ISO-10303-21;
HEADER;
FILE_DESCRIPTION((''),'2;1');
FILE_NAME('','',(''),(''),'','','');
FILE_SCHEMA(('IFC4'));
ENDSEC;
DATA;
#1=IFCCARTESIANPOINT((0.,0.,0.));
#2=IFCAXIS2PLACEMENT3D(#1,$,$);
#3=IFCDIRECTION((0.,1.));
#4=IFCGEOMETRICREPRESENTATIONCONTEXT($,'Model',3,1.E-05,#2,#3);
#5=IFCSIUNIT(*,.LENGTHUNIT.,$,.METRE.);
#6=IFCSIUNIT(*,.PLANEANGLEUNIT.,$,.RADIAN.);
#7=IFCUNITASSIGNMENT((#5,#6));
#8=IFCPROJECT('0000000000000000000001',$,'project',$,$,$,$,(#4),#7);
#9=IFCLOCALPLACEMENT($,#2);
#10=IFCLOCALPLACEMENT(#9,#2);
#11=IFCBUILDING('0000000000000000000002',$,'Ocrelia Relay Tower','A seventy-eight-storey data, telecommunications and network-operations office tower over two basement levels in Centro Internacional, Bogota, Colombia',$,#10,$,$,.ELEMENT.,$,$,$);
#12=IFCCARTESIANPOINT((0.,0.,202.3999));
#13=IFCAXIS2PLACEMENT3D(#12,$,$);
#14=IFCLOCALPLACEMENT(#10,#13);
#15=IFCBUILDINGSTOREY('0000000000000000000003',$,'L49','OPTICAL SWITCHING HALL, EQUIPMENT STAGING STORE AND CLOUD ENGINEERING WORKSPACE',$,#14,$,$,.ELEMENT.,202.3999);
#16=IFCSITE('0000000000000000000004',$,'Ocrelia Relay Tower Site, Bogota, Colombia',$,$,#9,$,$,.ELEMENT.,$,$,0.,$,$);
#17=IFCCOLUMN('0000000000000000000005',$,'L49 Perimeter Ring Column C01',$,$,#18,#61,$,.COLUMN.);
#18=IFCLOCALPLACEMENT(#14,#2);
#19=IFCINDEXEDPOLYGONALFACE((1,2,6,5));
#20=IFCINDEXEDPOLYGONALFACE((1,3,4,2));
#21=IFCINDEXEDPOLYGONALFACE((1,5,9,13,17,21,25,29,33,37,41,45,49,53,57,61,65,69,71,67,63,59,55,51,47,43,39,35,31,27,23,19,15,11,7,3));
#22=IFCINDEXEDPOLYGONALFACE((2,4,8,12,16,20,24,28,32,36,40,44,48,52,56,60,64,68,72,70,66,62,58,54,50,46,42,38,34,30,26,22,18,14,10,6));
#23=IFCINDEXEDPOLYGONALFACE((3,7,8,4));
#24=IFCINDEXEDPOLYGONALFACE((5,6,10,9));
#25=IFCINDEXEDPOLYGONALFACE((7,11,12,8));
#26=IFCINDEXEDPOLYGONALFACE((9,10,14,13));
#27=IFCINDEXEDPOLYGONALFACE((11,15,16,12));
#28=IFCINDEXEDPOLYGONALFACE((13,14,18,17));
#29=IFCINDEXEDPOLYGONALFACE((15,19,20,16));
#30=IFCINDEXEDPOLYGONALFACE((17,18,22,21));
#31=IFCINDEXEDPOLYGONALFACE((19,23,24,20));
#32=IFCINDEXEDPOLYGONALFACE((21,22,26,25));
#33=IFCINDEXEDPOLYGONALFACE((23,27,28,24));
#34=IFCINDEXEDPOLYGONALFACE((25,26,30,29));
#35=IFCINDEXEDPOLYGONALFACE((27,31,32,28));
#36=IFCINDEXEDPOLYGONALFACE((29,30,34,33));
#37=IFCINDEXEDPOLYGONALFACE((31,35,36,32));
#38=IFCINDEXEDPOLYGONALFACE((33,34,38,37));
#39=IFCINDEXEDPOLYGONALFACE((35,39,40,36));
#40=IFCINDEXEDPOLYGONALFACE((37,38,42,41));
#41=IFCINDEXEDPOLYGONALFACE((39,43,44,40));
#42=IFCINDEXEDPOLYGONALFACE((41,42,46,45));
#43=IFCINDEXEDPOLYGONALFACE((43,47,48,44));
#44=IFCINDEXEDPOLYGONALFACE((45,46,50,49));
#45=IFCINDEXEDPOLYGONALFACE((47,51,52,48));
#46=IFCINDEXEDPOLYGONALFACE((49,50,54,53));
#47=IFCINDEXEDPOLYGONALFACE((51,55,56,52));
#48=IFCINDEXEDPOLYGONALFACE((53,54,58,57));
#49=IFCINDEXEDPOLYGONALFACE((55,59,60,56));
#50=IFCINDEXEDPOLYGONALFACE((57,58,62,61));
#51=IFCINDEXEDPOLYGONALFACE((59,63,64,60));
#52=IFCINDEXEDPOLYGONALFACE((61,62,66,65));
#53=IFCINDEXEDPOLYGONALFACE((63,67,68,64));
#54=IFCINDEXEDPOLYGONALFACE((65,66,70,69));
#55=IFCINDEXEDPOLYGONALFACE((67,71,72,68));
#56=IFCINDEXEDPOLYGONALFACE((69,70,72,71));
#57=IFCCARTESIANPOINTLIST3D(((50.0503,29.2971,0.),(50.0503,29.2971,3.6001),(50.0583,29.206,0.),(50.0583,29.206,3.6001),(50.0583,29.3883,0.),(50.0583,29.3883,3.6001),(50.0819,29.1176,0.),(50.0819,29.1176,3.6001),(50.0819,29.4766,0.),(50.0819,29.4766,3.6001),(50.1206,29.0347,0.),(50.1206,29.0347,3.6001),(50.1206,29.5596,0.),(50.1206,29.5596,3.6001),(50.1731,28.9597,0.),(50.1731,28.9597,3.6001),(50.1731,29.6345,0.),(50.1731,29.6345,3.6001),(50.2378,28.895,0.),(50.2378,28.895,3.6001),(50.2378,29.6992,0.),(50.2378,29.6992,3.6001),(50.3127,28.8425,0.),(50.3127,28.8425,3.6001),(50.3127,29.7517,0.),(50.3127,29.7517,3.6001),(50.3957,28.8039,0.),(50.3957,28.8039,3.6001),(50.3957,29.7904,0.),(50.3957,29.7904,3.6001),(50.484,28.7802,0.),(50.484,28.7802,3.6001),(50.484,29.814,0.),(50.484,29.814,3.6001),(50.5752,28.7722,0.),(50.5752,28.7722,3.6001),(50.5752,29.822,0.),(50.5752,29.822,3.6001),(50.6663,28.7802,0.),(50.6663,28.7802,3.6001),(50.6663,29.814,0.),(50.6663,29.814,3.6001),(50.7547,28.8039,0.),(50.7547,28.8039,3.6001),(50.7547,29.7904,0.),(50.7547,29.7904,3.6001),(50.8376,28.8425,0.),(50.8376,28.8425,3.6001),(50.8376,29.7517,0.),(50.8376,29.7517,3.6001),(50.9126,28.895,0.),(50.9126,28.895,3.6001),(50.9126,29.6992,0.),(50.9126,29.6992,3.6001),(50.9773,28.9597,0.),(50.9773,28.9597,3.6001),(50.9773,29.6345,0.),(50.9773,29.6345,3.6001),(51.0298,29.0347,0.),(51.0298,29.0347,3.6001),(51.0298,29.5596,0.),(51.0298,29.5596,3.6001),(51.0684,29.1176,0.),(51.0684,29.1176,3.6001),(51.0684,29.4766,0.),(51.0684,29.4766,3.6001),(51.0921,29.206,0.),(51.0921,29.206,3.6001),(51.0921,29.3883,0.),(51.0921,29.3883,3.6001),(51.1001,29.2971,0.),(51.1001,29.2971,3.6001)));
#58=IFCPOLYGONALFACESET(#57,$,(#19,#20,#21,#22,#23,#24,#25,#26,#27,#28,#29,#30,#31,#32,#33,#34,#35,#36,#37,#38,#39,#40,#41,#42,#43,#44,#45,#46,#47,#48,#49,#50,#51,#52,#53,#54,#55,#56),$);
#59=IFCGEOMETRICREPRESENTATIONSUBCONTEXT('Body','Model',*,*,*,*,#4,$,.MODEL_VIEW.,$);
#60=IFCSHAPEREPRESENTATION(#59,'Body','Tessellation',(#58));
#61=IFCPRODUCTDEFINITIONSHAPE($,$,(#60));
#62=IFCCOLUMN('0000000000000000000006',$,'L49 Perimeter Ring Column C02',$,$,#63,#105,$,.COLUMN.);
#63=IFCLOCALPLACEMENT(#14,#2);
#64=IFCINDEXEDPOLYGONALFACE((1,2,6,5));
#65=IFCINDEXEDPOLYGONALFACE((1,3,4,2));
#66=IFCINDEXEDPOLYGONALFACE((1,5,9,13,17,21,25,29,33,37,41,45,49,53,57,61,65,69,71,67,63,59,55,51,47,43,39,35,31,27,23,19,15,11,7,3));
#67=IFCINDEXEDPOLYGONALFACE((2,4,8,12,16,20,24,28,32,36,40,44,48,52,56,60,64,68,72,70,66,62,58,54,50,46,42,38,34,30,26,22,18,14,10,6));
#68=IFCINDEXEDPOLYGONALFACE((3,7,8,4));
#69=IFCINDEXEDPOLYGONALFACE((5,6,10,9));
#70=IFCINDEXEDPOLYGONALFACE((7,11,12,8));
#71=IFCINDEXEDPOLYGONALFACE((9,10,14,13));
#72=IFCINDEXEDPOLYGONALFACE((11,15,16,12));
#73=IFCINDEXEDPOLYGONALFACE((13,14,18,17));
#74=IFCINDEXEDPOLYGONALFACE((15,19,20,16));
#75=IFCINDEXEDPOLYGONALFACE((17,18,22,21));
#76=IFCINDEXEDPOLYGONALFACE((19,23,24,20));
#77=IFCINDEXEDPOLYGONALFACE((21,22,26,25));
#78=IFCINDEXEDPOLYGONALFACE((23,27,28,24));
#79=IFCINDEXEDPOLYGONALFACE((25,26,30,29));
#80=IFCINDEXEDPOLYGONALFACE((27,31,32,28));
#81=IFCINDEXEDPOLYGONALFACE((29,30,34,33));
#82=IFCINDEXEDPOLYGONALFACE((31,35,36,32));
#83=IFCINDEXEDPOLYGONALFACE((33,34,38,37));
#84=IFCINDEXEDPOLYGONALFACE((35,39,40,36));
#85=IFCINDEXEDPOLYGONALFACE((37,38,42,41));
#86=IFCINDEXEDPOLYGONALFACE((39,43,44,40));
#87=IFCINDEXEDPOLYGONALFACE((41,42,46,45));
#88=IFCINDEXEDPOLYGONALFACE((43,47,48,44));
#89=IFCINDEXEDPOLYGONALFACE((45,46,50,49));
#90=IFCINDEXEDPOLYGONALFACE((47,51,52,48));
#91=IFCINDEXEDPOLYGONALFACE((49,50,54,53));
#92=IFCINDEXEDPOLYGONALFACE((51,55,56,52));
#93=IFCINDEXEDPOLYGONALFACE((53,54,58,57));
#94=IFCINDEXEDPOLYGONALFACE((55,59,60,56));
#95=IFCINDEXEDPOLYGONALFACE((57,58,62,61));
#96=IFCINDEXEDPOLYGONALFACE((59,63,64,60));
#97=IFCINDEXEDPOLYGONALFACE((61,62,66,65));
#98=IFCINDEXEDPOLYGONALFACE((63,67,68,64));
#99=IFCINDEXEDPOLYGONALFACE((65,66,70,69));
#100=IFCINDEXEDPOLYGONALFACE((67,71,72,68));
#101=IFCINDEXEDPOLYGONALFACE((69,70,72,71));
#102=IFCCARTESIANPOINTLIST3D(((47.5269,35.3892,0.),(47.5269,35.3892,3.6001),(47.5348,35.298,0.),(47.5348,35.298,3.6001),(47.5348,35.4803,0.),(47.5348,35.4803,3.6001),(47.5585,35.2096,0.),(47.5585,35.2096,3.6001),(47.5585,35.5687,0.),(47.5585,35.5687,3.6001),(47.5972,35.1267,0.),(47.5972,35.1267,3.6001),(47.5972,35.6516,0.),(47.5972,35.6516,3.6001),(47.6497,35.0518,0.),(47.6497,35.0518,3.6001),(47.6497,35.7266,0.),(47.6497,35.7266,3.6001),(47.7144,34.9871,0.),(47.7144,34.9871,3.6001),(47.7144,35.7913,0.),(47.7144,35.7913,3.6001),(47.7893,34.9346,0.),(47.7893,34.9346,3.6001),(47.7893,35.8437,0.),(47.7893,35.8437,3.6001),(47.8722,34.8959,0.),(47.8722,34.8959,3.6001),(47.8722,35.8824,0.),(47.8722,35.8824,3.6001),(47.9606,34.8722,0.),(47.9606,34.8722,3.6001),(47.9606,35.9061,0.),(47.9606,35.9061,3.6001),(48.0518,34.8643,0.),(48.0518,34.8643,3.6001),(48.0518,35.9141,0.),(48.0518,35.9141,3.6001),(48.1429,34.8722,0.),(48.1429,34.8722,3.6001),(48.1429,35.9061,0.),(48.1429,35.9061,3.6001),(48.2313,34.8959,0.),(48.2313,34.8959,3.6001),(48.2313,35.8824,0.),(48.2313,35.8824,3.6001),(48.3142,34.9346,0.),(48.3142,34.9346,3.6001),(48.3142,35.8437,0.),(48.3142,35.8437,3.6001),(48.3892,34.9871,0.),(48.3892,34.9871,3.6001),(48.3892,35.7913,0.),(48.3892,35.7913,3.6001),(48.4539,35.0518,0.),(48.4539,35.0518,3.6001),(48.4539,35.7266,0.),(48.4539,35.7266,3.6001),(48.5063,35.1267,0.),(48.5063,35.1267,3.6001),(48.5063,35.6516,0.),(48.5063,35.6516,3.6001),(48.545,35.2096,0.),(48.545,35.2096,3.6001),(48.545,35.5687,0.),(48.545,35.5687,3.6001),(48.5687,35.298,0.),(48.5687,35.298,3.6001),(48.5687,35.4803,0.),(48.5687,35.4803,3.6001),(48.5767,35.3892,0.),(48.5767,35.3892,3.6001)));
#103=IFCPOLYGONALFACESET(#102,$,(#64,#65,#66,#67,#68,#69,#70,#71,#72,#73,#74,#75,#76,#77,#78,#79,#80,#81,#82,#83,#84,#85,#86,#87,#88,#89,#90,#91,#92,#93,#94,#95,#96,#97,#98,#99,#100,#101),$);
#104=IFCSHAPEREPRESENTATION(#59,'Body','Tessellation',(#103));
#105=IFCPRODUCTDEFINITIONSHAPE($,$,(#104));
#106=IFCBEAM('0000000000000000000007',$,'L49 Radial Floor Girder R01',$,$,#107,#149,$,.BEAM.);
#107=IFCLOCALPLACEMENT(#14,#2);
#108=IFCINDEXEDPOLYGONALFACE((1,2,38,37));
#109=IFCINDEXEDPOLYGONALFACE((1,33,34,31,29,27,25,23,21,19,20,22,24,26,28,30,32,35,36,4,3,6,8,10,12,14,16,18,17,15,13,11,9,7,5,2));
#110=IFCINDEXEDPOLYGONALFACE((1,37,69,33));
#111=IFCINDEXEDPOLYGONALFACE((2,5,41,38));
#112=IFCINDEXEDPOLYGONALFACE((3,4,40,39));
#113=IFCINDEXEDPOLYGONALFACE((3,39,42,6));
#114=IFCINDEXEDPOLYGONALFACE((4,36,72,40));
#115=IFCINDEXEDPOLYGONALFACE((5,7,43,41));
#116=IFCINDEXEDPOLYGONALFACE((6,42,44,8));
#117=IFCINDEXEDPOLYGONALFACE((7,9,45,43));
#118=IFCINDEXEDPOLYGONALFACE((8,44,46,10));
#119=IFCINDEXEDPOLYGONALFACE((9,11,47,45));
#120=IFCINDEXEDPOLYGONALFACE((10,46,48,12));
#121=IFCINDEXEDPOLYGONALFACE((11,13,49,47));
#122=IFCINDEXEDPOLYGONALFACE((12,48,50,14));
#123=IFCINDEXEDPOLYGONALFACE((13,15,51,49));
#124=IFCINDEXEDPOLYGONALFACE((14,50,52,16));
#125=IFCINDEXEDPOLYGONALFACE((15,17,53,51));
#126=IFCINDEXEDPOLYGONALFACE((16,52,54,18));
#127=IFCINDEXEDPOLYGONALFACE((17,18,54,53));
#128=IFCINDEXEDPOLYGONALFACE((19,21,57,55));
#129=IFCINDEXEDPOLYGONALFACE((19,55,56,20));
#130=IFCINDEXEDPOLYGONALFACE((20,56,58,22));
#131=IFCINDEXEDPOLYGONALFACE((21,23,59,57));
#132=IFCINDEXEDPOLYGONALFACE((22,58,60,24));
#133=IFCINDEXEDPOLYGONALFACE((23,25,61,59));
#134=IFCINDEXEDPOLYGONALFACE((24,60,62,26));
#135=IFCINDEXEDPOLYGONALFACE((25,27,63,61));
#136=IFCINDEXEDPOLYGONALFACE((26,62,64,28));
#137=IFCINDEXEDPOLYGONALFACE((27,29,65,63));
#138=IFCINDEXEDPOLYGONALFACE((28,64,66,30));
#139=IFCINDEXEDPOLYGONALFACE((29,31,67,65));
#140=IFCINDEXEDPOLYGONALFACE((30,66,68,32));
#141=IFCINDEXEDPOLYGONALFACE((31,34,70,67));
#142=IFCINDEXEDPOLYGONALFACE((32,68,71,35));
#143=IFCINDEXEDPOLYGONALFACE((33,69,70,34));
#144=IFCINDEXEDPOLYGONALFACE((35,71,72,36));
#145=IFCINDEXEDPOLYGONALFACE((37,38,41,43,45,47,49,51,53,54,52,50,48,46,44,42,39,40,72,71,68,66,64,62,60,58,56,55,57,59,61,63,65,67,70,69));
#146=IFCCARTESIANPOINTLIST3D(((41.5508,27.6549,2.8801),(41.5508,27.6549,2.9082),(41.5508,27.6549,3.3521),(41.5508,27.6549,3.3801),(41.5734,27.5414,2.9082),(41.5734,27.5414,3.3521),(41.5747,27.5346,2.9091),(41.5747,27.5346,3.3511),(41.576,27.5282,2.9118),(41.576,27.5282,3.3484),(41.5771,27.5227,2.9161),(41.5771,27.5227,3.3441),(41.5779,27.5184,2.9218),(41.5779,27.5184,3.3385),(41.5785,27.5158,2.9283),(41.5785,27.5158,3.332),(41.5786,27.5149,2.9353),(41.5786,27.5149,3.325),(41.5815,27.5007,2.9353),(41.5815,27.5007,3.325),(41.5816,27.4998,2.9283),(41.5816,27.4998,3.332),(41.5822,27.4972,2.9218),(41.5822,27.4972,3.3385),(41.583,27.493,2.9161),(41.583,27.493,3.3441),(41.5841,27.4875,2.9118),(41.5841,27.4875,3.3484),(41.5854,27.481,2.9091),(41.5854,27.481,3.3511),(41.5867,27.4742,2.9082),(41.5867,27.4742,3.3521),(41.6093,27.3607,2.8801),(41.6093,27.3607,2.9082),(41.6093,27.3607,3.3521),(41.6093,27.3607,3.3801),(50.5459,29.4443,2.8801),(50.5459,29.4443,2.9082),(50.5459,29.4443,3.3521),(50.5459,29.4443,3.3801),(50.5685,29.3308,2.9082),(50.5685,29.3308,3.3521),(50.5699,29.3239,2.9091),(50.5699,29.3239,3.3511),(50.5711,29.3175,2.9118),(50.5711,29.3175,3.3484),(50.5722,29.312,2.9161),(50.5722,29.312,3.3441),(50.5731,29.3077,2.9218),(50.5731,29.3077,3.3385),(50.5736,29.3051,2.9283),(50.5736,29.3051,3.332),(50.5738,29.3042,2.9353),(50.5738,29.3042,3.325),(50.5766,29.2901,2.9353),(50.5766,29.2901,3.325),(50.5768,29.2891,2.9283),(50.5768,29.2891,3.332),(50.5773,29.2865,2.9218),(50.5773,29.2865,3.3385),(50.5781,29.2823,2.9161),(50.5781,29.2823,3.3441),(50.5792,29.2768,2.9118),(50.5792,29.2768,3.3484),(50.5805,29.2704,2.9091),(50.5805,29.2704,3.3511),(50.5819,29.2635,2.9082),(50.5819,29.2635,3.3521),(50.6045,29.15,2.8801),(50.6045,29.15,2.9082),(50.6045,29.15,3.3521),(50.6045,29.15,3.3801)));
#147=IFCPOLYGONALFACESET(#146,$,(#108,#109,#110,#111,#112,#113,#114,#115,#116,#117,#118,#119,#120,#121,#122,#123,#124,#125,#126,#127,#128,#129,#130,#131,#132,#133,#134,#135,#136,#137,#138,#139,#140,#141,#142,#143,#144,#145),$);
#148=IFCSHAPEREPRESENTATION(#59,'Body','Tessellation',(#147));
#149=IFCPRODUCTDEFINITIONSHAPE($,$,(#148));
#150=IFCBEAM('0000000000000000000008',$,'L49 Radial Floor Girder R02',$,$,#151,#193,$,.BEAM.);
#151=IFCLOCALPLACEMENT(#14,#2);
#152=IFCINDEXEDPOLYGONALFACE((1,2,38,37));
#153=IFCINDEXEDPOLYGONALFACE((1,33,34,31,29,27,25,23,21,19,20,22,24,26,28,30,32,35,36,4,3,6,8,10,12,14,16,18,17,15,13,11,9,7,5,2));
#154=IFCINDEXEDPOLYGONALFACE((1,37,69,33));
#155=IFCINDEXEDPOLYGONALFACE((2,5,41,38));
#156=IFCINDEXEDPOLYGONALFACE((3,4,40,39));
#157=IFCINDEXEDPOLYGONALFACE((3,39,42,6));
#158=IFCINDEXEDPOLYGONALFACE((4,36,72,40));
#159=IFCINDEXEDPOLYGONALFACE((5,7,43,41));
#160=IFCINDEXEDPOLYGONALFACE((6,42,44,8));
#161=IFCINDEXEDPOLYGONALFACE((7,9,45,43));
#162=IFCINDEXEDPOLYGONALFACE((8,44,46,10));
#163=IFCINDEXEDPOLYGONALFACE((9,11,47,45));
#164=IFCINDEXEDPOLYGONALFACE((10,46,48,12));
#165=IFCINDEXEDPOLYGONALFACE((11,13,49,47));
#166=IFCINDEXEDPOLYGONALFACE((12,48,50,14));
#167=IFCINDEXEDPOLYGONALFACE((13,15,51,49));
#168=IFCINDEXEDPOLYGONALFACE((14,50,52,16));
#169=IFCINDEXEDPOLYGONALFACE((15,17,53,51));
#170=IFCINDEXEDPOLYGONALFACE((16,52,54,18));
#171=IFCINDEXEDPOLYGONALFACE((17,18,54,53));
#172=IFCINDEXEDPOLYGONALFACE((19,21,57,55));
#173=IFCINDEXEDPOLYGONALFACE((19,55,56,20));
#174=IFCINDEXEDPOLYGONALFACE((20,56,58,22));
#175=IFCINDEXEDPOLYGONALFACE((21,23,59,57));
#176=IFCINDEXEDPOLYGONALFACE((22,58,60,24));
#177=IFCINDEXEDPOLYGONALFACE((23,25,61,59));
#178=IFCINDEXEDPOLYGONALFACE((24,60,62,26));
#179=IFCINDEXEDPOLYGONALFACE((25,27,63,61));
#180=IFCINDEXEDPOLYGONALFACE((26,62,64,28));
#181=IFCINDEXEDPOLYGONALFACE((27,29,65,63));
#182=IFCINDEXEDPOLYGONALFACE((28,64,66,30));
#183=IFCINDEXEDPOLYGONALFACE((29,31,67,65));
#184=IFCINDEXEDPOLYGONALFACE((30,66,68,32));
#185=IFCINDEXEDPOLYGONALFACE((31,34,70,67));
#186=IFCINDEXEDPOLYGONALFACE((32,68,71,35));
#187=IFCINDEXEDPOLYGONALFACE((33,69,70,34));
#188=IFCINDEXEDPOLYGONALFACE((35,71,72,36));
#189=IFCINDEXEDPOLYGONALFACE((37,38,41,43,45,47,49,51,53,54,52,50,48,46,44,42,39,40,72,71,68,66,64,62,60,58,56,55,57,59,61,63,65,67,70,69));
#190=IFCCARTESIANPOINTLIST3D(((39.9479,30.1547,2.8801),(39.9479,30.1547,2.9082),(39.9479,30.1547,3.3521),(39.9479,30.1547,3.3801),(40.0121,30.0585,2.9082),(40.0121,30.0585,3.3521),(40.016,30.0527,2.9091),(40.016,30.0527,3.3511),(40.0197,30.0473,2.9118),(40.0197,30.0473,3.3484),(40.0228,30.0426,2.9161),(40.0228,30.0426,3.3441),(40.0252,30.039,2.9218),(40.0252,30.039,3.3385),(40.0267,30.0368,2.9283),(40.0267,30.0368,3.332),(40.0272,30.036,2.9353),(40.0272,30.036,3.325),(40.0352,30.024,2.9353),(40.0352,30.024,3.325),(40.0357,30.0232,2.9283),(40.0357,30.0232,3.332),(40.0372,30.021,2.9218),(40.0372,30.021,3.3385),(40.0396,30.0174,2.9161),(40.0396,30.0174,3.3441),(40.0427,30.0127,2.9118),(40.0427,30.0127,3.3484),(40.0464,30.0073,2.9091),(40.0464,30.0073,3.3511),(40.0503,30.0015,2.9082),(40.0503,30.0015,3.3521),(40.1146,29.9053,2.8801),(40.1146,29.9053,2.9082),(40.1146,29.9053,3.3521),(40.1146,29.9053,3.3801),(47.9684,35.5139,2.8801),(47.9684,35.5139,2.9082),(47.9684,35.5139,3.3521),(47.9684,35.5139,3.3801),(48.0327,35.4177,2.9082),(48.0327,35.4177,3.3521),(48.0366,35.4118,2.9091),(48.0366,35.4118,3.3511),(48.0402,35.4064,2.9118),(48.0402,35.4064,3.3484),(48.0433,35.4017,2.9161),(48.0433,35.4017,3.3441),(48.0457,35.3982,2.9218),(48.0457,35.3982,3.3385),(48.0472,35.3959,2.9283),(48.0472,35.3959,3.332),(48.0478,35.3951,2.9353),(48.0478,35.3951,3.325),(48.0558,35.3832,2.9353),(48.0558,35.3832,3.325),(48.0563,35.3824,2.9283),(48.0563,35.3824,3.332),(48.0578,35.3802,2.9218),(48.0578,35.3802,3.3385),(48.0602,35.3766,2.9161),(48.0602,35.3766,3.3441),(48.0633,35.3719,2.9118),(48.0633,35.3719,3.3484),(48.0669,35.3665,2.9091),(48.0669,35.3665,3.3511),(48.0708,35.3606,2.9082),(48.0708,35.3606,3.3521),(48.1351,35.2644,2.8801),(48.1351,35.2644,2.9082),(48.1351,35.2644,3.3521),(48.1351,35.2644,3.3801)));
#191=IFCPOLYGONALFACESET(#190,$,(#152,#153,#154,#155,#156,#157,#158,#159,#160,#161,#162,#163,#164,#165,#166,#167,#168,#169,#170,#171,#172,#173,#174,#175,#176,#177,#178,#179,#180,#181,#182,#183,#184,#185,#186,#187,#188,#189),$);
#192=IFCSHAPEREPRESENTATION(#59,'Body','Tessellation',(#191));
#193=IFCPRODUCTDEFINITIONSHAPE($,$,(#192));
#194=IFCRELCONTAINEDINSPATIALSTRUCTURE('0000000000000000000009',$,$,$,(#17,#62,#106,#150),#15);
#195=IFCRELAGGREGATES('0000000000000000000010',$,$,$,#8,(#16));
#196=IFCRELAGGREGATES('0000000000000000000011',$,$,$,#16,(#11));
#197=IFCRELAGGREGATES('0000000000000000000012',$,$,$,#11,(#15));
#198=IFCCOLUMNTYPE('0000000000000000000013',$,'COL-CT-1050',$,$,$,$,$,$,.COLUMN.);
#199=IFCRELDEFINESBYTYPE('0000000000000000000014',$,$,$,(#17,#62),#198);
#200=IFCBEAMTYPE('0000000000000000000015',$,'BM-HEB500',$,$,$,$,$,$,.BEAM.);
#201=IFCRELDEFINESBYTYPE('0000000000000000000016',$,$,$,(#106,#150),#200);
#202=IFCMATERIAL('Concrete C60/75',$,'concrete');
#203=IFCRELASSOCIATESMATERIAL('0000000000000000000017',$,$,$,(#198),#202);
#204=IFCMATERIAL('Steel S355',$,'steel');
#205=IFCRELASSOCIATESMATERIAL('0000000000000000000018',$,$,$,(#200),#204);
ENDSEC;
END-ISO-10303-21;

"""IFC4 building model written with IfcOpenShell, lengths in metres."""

from ifc_helpers import new_model, si_unit, direction, frame, origin, origin_2d, place, context, subcontext, project, spatial, circle, i_section, extrude, material, material_profile, profile_set, type_object, element, save


model = new_model("IFC4")

# Units and contexts
model_context = context("Model", 3, precision=1e-05, world=origin(), true_north=direction((0.0, 1.0)))
body_context = subcontext(model_context, "Body", "Model", "MODEL_VIEW")
ifc_project = project(units=[si_unit("LENGTHUNIT", "METRE"), si_unit("PLANEANGLEUNIT", "RADIAN")], contexts=[model_context])

# Site, building, storey
site_placement = place(None, origin())
site = spatial("IfcSite", under=ifc_project, at=site_placement, Name="Ocrelia Relay Tower Site, Bogota, Colombia", CompositionType="ELEMENT", RefElevation=0.0)
building_placement = place(site_placement, origin())
building = spatial("IfcBuilding", under=site, at=building_placement, Name="Ocrelia Relay Tower", Description="A seventy-eight-storey data, telecommunications and network-operations office tower over two basement levels in Centro Internacional, Bogota, Colombia", CompositionType="ELEMENT")
storey_placement = place(building_placement, frame((0.0, 0.0, 202.3999)))
storey = spatial("IfcBuildingStorey", under=building, at=storey_placement, Name="L49", Description="OPTICAL SWITCHING HALL, EQUIPMENT STAGING STORE AND CLOUD ENGINEERING WORKSPACE", CompositionType="ELEMENT", Elevation=202.3999)

# Columns
ifc_material_1 = material(Name="Concrete C60/75", Category="concrete")
ifc_material_profile_1 = material_profile(ifc_material_1, circle(Radius=0.5249, at=origin_2d()), Name="RC-CIR-1050")
ifc_profile_set_1 = profile_set([ifc_material_profile_1], Name="Concrete C60/75")
column_type = type_object("IfcColumnType", Name="COL-CT-1050", PredefinedType="COLUMN", material=ifc_profile_set_1)
for number, where, z_axis, x_axis, name in (
    (1, (50.5752, 29.2971, 0.0), (0.0, 0.0, 1.0), (1.0, 0.0, 0.0), "L49 Perimeter Ring Column C01"),
    (2, (48.0518, 35.3892, 0.0), (0.0, 0.0, 1.0), (1.0, 0.0, 0.0), "L49 Perimeter Ring Column C02"),
):
    element("IfcColumn", number, at=place(storey_placement, frame(where, z_axis=z_axis, x_axis=x_axis)), inside=storey, type_object=column_type, Name=name, PredefinedType="COLUMN", context=body_context, shape_type="SweptSolid", body=[
        extrude(circle(Radius=0.5249, at=origin_2d()), origin(), (0.0, 0.0, 1.0), 3.6001),
    ])

# Beams
ifc_material_2 = material(Name="Steel S355", Category="steel")
ifc_material_profile_2 = material_profile(ifc_material_2, i_section(OverallWidth=0.3, OverallDepth=0.5, WebThickness=0.0144, FlangeThickness=0.0281, FilletRadius=0.0271, at=origin_2d()), Name="HEB 500")
ifc_profile_set_2 = profile_set([ifc_material_profile_2], Name="Steel S355")
beam_type_1 = type_object("IfcBeamType", Name="BM-HEB500", PredefinedType="BEAM", material=ifc_profile_set_2)
beam_1_placement = place(storey_placement, frame((50.5752, 29.2971, 3.1301), z_axis=(-0.980784, -0.195097, 0.0), x_axis=(0.195097, -0.980784, 0.0)))
element("IfcBeam", 3, at=beam_1_placement, inside=storey, type_object=beam_type_1, Name="L49 Radial Floor Girder R01", PredefinedType="BEAM", context=body_context, shape_type="SweptSolid", body=[
    extrude(i_section(OverallWidth=0.3, OverallDepth=0.5, WebThickness=0.0144, FlangeThickness=0.0281, FilletRadius=0.0271, at=origin_2d()), origin(), (0.0, 0.0, 1.0), 9.1714),
])
beam_2_placement = place(storey_placement, frame((48.0518, 35.3892, 3.1301), z_axis=(-0.83147, -0.55557, 0.0), x_axis=(0.55557, -0.83147, 0.0)))
element("IfcBeam", 4, at=beam_2_placement, inside=storey, type_object=beam_type_1, Name="L49 Radial Floor Girder R02", PredefinedType="BEAM", context=body_context, shape_type="SweptSolid", body=[
    extrude(i_section(OverallWidth=0.3, OverallDepth=0.5, WebThickness=0.0144, FlangeThickness=0.0281, FilletRadius=0.0271, at=origin_2d()), origin(), (0.0, 0.0, 1.0), 9.6462),
])

save(model, "model.ifc")
